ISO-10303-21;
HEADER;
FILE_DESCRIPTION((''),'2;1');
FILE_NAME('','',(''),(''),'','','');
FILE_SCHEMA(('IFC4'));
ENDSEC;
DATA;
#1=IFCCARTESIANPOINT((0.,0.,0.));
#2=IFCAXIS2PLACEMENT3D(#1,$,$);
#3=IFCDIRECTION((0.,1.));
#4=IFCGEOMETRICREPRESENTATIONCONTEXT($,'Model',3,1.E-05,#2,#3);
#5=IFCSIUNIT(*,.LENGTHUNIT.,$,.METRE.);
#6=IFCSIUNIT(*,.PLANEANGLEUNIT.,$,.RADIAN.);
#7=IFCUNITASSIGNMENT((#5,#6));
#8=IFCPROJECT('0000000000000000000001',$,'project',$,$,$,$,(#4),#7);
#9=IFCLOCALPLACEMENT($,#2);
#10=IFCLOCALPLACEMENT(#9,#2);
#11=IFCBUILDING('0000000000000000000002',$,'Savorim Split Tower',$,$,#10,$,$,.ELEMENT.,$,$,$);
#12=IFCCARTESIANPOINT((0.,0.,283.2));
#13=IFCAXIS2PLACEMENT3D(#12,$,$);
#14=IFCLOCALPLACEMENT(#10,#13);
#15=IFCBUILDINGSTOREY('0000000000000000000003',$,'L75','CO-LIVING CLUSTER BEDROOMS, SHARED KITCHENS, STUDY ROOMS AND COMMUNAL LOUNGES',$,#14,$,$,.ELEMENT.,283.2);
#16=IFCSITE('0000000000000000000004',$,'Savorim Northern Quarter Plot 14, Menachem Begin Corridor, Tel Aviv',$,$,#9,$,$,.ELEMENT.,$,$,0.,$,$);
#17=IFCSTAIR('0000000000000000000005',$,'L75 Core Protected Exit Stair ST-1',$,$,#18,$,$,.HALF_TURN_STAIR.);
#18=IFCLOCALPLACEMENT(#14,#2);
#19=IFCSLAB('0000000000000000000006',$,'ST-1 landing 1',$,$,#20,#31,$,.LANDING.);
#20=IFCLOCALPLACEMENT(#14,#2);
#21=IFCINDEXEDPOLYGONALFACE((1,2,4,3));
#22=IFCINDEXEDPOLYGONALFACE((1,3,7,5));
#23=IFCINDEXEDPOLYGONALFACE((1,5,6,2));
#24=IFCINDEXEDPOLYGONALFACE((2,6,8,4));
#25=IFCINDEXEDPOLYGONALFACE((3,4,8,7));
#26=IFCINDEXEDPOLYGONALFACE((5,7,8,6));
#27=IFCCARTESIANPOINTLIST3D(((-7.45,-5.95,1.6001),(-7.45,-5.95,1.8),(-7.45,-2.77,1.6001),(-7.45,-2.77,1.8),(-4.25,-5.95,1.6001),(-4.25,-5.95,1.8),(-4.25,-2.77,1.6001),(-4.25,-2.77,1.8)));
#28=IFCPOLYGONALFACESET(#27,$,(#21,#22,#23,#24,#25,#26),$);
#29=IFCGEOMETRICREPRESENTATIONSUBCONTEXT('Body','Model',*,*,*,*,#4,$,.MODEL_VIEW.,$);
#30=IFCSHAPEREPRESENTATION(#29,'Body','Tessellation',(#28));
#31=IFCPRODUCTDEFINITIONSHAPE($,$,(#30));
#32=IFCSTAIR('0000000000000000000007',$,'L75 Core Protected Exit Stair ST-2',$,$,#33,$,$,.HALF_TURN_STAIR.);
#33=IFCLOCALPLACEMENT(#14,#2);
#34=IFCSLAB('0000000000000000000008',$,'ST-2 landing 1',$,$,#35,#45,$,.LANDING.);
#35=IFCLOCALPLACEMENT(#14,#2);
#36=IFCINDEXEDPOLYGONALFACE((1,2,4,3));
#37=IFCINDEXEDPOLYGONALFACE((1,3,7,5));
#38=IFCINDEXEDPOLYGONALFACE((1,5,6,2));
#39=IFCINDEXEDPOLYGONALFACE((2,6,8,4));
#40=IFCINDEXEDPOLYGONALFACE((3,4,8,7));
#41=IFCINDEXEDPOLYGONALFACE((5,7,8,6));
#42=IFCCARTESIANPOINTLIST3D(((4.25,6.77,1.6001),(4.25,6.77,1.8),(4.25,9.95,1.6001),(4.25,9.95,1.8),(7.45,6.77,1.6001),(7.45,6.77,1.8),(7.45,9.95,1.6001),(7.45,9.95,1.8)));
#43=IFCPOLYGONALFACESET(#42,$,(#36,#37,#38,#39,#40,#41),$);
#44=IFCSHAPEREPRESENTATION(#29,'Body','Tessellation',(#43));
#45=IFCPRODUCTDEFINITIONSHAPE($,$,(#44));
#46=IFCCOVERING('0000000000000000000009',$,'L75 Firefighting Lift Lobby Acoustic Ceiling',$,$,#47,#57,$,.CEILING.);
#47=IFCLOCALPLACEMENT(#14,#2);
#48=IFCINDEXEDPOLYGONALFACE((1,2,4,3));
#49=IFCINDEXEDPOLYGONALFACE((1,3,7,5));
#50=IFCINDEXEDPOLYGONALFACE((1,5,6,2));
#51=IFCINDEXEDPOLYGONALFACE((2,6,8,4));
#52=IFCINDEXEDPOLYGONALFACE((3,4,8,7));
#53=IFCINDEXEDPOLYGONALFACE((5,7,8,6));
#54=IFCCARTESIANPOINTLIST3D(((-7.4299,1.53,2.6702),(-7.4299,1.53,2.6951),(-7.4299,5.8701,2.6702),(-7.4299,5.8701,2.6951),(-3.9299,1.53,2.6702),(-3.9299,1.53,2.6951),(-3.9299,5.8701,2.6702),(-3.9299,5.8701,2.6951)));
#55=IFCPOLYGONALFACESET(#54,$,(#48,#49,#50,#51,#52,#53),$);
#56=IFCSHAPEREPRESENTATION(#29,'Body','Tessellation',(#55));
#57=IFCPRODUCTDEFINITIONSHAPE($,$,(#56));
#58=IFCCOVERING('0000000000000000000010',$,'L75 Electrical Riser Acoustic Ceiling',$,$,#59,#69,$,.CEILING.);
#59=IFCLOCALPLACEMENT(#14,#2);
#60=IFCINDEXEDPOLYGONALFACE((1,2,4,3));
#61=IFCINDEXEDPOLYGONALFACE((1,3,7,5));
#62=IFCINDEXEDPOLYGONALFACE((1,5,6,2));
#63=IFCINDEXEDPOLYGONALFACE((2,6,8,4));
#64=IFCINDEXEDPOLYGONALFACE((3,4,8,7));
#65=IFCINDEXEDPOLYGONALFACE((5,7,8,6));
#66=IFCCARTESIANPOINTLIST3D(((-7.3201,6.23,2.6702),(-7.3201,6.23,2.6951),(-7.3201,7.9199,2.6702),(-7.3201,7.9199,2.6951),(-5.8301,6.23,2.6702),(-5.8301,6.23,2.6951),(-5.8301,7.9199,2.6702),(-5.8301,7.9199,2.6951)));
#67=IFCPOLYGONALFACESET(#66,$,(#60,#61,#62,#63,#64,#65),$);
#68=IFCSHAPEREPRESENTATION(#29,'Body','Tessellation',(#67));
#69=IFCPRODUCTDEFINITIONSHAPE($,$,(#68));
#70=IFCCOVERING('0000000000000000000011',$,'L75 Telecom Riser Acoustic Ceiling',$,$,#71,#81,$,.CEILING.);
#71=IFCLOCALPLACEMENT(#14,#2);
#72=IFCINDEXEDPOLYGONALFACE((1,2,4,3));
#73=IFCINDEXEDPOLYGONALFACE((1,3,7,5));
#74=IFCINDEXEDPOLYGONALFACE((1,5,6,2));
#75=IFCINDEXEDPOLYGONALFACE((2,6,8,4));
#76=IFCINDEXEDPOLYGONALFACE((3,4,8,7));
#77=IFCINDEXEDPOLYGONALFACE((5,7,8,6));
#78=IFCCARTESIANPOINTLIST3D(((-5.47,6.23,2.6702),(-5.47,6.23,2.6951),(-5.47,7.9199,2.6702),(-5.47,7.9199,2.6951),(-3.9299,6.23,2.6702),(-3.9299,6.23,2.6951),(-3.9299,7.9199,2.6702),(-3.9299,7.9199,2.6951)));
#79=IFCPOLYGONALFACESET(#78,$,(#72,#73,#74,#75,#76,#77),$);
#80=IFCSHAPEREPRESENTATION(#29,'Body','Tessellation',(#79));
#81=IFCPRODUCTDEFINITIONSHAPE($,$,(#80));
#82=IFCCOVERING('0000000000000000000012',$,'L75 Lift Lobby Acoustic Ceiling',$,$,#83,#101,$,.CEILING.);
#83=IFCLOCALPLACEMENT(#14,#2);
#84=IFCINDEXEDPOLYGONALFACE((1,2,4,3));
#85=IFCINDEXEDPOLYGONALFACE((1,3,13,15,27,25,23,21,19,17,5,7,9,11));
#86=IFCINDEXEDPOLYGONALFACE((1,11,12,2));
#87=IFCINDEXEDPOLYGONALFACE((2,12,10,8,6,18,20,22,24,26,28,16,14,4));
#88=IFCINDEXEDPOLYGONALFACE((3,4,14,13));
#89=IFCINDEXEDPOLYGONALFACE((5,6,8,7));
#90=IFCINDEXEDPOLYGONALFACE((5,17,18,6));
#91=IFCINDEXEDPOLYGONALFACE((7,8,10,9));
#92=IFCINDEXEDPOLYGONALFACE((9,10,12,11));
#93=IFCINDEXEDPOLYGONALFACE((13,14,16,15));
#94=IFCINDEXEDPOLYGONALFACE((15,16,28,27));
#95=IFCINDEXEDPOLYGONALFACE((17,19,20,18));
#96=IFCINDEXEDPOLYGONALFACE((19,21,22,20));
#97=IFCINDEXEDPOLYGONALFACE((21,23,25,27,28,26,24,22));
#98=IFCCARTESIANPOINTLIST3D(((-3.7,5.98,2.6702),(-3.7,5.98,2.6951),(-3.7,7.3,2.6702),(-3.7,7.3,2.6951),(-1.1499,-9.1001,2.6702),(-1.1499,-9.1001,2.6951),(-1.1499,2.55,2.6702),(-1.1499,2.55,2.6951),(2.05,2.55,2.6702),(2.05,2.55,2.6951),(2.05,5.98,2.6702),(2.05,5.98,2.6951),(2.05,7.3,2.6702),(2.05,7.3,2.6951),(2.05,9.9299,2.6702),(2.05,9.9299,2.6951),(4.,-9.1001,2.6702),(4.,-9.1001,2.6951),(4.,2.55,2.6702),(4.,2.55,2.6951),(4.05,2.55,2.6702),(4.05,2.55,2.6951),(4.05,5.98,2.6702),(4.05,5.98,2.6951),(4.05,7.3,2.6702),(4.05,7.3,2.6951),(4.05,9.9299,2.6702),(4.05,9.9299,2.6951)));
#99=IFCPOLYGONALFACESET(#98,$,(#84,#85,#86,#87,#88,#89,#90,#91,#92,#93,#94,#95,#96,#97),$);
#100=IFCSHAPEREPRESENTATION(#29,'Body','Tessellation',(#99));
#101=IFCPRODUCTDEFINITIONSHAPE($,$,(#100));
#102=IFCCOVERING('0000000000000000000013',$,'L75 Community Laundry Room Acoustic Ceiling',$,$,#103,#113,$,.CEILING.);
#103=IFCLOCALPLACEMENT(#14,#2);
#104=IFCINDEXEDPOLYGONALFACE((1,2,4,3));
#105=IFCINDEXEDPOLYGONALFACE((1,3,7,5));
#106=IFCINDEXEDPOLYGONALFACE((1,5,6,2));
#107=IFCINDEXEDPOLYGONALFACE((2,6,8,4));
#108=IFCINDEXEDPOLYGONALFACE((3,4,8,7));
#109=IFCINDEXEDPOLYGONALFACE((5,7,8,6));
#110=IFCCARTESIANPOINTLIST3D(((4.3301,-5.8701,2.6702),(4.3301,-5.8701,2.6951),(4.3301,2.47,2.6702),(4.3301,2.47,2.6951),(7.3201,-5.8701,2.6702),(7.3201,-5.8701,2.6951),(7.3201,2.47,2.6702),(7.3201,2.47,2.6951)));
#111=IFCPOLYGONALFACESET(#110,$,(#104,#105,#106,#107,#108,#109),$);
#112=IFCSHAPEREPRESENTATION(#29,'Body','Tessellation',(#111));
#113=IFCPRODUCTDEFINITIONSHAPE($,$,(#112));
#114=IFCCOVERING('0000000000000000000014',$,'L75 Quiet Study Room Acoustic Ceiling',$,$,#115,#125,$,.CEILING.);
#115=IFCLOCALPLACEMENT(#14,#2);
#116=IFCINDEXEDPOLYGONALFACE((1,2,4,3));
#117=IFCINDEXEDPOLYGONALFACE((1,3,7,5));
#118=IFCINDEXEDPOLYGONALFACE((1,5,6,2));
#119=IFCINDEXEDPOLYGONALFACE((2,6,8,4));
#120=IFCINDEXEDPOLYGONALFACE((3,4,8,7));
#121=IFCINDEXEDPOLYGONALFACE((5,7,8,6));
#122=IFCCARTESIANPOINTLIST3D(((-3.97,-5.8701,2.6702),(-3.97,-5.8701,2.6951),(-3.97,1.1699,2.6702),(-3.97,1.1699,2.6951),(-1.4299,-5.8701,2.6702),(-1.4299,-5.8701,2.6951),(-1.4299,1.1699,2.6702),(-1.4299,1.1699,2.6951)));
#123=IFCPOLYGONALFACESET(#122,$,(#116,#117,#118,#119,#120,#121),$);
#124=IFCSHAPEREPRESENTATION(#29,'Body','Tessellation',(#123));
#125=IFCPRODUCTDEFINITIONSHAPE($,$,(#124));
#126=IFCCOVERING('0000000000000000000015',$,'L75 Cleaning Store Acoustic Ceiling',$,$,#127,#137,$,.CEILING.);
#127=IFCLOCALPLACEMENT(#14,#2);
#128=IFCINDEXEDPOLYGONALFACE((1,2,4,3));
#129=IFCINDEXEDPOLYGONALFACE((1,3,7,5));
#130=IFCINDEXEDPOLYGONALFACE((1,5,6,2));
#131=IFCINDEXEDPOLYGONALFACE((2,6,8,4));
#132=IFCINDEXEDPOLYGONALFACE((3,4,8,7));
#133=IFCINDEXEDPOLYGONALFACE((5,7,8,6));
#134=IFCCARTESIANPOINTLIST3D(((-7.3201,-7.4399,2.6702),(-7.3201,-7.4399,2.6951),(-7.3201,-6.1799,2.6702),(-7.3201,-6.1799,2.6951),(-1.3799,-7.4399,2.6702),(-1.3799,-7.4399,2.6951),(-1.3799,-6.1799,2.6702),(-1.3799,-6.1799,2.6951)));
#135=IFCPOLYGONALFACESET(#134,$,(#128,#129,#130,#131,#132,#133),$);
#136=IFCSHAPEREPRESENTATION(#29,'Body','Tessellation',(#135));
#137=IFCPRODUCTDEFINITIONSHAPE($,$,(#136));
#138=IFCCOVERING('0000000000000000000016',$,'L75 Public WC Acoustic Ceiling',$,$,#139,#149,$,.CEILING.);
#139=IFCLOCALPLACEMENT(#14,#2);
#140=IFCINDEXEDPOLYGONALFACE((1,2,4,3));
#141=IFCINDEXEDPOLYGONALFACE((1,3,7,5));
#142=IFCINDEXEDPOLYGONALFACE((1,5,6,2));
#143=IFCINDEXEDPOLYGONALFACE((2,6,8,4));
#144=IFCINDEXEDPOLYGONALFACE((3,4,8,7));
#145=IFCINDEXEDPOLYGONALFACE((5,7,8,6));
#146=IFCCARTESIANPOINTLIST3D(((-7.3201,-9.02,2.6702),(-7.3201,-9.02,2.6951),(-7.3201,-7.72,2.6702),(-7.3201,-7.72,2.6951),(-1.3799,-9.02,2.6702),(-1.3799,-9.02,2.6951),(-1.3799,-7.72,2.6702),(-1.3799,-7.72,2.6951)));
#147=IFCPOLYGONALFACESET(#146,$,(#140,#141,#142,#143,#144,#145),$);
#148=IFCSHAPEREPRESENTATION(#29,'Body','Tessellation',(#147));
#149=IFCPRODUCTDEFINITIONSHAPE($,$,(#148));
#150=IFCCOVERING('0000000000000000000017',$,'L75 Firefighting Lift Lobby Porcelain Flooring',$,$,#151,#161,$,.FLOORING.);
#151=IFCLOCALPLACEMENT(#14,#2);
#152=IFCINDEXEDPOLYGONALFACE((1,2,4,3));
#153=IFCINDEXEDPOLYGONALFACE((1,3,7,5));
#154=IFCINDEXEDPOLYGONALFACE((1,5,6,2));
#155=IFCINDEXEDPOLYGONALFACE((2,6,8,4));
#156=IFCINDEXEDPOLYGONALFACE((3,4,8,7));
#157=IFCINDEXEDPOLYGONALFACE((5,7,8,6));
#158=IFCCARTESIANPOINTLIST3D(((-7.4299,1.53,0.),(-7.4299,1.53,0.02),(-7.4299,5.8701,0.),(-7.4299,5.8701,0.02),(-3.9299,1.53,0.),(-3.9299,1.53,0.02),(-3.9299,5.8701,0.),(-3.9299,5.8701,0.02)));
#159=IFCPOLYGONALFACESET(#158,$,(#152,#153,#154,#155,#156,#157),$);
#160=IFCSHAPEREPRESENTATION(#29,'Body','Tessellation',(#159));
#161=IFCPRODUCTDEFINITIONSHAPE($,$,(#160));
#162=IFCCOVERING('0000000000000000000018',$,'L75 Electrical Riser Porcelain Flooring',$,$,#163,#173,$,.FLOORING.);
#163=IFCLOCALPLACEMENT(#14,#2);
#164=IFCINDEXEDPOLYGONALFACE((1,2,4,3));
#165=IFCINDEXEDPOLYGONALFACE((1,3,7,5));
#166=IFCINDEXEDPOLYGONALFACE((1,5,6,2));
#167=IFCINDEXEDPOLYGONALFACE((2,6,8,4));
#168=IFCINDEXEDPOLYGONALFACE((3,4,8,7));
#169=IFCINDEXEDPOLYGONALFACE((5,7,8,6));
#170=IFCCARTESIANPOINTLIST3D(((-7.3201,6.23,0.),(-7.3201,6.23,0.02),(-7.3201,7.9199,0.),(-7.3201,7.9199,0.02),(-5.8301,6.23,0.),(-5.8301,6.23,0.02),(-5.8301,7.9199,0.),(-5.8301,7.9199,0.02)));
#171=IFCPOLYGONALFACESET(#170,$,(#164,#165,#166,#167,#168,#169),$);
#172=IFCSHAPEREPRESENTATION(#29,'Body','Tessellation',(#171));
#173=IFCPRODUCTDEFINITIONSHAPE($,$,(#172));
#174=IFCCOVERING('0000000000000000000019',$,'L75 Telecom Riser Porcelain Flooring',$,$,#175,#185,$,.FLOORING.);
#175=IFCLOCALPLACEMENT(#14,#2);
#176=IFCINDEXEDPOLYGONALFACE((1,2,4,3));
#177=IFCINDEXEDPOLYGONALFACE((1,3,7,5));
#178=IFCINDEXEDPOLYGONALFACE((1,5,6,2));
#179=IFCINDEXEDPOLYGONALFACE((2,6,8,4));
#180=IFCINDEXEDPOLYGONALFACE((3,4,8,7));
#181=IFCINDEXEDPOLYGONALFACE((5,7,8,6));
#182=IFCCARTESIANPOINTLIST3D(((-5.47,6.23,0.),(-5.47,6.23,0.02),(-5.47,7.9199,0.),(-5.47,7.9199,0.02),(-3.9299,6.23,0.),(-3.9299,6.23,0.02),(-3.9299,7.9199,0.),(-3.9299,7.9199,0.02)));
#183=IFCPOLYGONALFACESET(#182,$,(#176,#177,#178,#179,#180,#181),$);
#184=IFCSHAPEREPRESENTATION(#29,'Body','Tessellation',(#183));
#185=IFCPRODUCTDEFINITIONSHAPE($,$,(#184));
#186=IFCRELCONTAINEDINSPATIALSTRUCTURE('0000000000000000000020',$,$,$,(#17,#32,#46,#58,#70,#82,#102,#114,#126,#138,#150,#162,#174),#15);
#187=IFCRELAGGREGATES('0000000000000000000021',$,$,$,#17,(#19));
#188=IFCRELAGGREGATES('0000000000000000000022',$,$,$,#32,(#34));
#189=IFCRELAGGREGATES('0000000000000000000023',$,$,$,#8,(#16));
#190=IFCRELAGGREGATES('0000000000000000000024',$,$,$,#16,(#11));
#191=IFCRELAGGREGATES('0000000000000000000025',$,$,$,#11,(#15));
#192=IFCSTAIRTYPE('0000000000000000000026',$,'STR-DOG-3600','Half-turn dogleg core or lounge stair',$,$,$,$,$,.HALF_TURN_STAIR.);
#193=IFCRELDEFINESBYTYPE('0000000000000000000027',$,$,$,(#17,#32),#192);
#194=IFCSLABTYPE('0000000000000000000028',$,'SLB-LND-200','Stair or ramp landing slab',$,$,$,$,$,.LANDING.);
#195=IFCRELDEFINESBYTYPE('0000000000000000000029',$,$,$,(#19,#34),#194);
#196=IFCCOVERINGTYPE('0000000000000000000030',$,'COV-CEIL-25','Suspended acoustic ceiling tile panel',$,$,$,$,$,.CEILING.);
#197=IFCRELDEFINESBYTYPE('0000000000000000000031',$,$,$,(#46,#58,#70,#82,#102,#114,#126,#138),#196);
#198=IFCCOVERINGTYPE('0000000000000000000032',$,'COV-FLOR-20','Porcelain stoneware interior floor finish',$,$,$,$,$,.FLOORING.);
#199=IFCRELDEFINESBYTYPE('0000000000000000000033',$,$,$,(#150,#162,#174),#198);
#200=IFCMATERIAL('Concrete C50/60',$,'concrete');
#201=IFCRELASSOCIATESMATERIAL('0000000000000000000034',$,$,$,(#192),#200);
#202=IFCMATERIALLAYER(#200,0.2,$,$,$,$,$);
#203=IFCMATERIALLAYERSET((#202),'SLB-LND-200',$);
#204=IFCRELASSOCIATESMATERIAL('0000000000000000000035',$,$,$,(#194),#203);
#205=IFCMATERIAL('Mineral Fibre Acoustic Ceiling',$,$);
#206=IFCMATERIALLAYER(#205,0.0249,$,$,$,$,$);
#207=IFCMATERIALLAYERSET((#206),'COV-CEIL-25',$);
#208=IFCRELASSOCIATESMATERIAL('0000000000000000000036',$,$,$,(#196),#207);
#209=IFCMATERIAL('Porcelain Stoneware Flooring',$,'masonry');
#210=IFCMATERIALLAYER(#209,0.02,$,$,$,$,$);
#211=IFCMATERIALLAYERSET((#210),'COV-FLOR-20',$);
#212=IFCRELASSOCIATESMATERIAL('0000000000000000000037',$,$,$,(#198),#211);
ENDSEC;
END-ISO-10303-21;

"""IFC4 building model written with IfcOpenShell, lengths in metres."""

from ifc_helpers import new_model, si_unit, direction, frame, origin, place, context, subcontext, project, spatial, polyline, outline, extrude, material, layer, layer_set, type_object, element, aggregate, save


model = new_model("IFC4")

# Units and contexts
model_context = context("Model", 3, precision=1e-05, world=origin(), true_north=direction((0.0, 1.0)))
body_context = subcontext(model_context, "Body", "Model", "MODEL_VIEW")
ifc_project = project(units=[si_unit("LENGTHUNIT", "METRE"), si_unit("PLANEANGLEUNIT", "RADIAN")], contexts=[model_context])

# Site, building, storey
site_placement = place(None, origin())
site = spatial("IfcSite", under=ifc_project, at=site_placement, Name="Savorim Northern Quarter Plot 14, Menachem Begin Corridor, Tel Aviv", CompositionType="ELEMENT", RefElevation=0.0)
building_placement = place(site_placement, origin())
building = spatial("IfcBuilding", under=site, at=building_placement, Name="Savorim Split Tower", CompositionType="ELEMENT")
storey_placement = place(building_placement, frame((0.0, 0.0, 283.2)))
storey = spatial("IfcBuildingStorey", under=building, at=storey_placement, Name="L75", Description="CO-LIVING CLUSTER BEDROOMS, SHARED KITCHENS, STUDY ROOMS AND COMMUNAL LOUNGES", CompositionType="ELEMENT", Elevation=283.2)

# Stairs, slabs
ifc_material_1 = material(Name="Concrete C50/60", Category="concrete")
stair_type = type_object("IfcStairType", Name="STR-DOG-3600", Description="Half-turn dogleg core or lounge stair", PredefinedType="HALF_TURN_STAIR", material=ifc_material_1)
stair_1_placement = place(storey_placement, origin())
stair_1 = element("IfcStair", 1, at=stair_1_placement, inside=storey, type_object=stair_type, Name="L75 Core Protected Exit Stair ST-1", PredefinedType="HALF_TURN_STAIR")
ifc_layer_1 = layer(ifc_material_1, 0.2)
ifc_layer_set_1 = layer_set([ifc_layer_1], Name="SLB-LND-200")
slab_type = type_object("IfcSlabType", Name="SLB-LND-200", Description="Stair or ramp landing slab", PredefinedType="LANDING", material=ifc_layer_set_1)
slab_1_placement = place(storey_placement, frame((0.0, 0.0, 1.6001)))
slab_1 = element("IfcSlab", 2, at=slab_1_placement, type_object=slab_type, Name="ST-1 landing 1", PredefinedType="LANDING", context=body_context, shape_type="SweptSolid", body=[
    extrude(outline(polyline([(-7.45, -2.77), (-7.45, -5.95), (-4.25, -5.95), (-4.25, -2.77), (-7.45, -2.77)])), origin(), (0.0, 0.0, 1.0), 0.2),
])
aggregate(stair_1, [slab_1])
stair_2_placement = place(storey_placement, origin())
stair_2 = element("IfcStair", 3, at=stair_2_placement, inside=storey, type_object=stair_type, Name="L75 Core Protected Exit Stair ST-2", PredefinedType="HALF_TURN_STAIR")
slab_2_placement = place(storey_placement, frame((0.0, 0.0, 1.6001)))
slab_2 = element("IfcSlab", 4, at=slab_2_placement, type_object=slab_type, Name="ST-2 landing 1", PredefinedType="LANDING", context=body_context, shape_type="SweptSolid", body=[
    extrude(outline(polyline([(7.45, 6.77), (7.45, 9.95), (4.25, 9.95), (4.25, 6.77), (7.45, 6.77)])), origin(), (0.0, 0.0, 1.0), 0.2),
])
aggregate(stair_2, [slab_2])

# Coverings
ifc_material_2 = material(Name="Mineral Fibre Acoustic Ceiling")
ifc_layer_2 = layer(ifc_material_2, 0.0249)
ifc_layer_set_2 = layer_set([ifc_layer_2], Name="COV-CEIL-25")
covering_type_1 = type_object("IfcCoveringType", Name="COV-CEIL-25", Description="Suspended acoustic ceiling tile panel", PredefinedType="CEILING", material=ifc_layer_set_2)
covering_1_placement = place(storey_placement, frame((0.0, 0.0, 2.6702)))
element("IfcCovering", 5, at=covering_1_placement, inside=storey, type_object=covering_type_1, Name="L75 Firefighting Lift Lobby Acoustic Ceiling", PredefinedType="CEILING", context=body_context, shape_type="SweptSolid", body=[
    extrude(outline(polyline([(-7.4299, 5.8701), (-7.4299, 1.53), (-3.9299, 1.53), (-3.9299, 5.8701), (-7.4299, 5.8701)])), origin(), (0.0, 0.0, 1.0), 0.0249),
])
covering_2_placement = place(storey_placement, frame((0.0, 0.0, 2.6702)))
element("IfcCovering", 6, at=covering_2_placement, inside=storey, type_object=covering_type_1, Name="L75 Electrical Riser Acoustic Ceiling", PredefinedType="CEILING", context=body_context, shape_type="SweptSolid", body=[
    extrude(outline(polyline([(-7.3201, 7.9199), (-7.3201, 6.23), (-5.8301, 6.23), (-5.8301, 7.9199), (-7.3201, 7.9199)])), origin(), (0.0, 0.0, 1.0), 0.0249),
])
covering_3_placement = place(storey_placement, frame((0.0, 0.0, 2.6702)))
element("IfcCovering", 7, at=covering_3_placement, inside=storey, type_object=covering_type_1, Name="L75 Telecom Riser Acoustic Ceiling", PredefinedType="CEILING", context=body_context, shape_type="SweptSolid", body=[
    extrude(outline(polyline([(-5.47, 7.9199), (-5.47, 6.23), (-3.9299, 6.23), (-3.9299, 7.9199), (-5.47, 7.9199)])), origin(), (0.0, 0.0, 1.0), 0.0249),
])
covering_4_placement = place(storey_placement, frame((0.0, 0.0, 2.6702)))
element("IfcCovering", 8, at=covering_4_placement, inside=storey, type_object=covering_type_1, Name="L75 Lift Lobby Acoustic Ceiling", PredefinedType="CEILING", context=body_context, shape_type="SweptSolid", body=[
    extrude(outline(polyline([(2.05, 2.55), (-1.1499, 2.55), (-1.1499, -9.1001), (4.0, -9.1001), (4.0, 2.55), (4.05, 2.55), (4.05, 5.98), (4.05, 7.3), (4.05, 9.9299), (2.05, 9.9299), (2.05, 7.3), (-3.7, 7.3), (-3.7, 5.98), (2.05, 5.98), (2.05, 2.55)])), origin(), (0.0, 0.0, 1.0), 0.0249),
])
covering_5_placement = place(storey_placement, frame((0.0, 0.0, 2.6702)))
element("IfcCovering", 9, at=covering_5_placement, inside=storey, type_object=covering_type_1, Name="L75 Community Laundry Room Acoustic Ceiling", PredefinedType="CEILING", context=body_context, shape_type="SweptSolid", body=[
    extrude(outline(polyline([(4.3301, 2.47), (4.3301, -5.8701), (7.3201, -5.8701), (7.3201, 2.47), (4.3301, 2.47)])), origin(), (0.0, 0.0, 1.0), 0.0249),
])
covering_6_placement = place(storey_placement, frame((0.0, 0.0, 2.6702)))
element("IfcCovering", 10, at=covering_6_placement, inside=storey, type_object=covering_type_1, Name="L75 Quiet Study Room Acoustic Ceiling", PredefinedType="CEILING", context=body_context, shape_type="SweptSolid", body=[
    extrude(outline(polyline([(-3.97, 1.1699), (-3.97, -5.8701), (-1.4299, -5.8701), (-1.4299, 1.1699), (-3.97, 1.1699)])), origin(), (0.0, 0.0, 1.0), 0.0249),
])
covering_7_placement = place(storey_placement, frame((0.0, 0.0, 2.6702)))
element("IfcCovering", 11, at=covering_7_placement, inside=storey, type_object=covering_type_1, Name="L75 Cleaning Store Acoustic Ceiling", PredefinedType="CEILING", context=body_context, shape_type="SweptSolid", body=[
    extrude(outline(polyline([(-7.3201, -6.1799), (-7.3201, -7.4399), (-1.3799, -7.4399), (-1.3799, -6.1799), (-7.3201, -6.1799)])), origin(), (0.0, 0.0, 1.0), 0.0249),
])
covering_8_placement = place(storey_placement, frame((0.0, 0.0, 2.6702)))
element("IfcCovering", 12, at=covering_8_placement, inside=storey, type_object=covering_type_1, Name="L75 Public WC Acoustic Ceiling", PredefinedType="CEILING", context=body_context, shape_type="SweptSolid", body=[
    extrude(outline(polyline([(-7.3201, -7.72), (-7.3201, -9.02), (-1.3799, -9.02), (-1.3799, -7.72), (-7.3201, -7.72)])), origin(), (0.0, 0.0, 1.0), 0.0249),
])
ifc_material_3 = material(Name="Porcelain Stoneware Flooring", Category="masonry")
ifc_layer_3 = layer(ifc_material_3, 0.02)
ifc_layer_set_3 = layer_set([ifc_layer_3], Name="COV-FLOR-20")
covering_type_2 = type_object("IfcCoveringType", Name="COV-FLOR-20", Description="Porcelain stoneware interior floor finish", PredefinedType="FLOORING", material=ifc_layer_set_3)
covering_9_placement = place(storey_placement, origin())
element("IfcCovering", 13, at=covering_9_placement, inside=storey, type_object=covering_type_2, Name="L75 Firefighting Lift Lobby Porcelain Flooring", PredefinedType="FLOORING", context=body_context, shape_type="SweptSolid", body=[
    extrude(outline(polyline([(-7.4299, 5.8701), (-7.4299, 1.53), (-3.9299, 1.53), (-3.9299, 5.8701), (-7.4299, 5.8701)])), origin(), (0.0, 0.0, 1.0), 0.02),
])
covering_10_placement = place(storey_placement, origin())
element("IfcCovering", 14, at=covering_10_placement, inside=storey, type_object=covering_type_2, Name="L75 Electrical Riser Porcelain Flooring", PredefinedType="FLOORING", context=body_context, shape_type="SweptSolid", body=[
    extrude(outline(polyline([(-7.3201, 7.9199), (-7.3201, 6.23), (-5.8301, 6.23), (-5.8301, 7.9199), (-7.3201, 7.9199)])), origin(), (0.0, 0.0, 1.0), 0.02),
])
covering_11_placement = place(storey_placement, origin())
element("IfcCovering", 15, at=covering_11_placement, inside=storey, type_object=covering_type_2, Name="L75 Telecom Riser Porcelain Flooring", PredefinedType="FLOORING", context=body_context, shape_type="SweptSolid", body=[
    extrude(outline(polyline([(-5.47, 7.9199), (-5.47, 6.23), (-3.9299, 6.23), (-3.9299, 7.9199), (-5.47, 7.9199)])), origin(), (0.0, 0.0, 1.0), 0.02),
])

save(model, "model.ifc")
